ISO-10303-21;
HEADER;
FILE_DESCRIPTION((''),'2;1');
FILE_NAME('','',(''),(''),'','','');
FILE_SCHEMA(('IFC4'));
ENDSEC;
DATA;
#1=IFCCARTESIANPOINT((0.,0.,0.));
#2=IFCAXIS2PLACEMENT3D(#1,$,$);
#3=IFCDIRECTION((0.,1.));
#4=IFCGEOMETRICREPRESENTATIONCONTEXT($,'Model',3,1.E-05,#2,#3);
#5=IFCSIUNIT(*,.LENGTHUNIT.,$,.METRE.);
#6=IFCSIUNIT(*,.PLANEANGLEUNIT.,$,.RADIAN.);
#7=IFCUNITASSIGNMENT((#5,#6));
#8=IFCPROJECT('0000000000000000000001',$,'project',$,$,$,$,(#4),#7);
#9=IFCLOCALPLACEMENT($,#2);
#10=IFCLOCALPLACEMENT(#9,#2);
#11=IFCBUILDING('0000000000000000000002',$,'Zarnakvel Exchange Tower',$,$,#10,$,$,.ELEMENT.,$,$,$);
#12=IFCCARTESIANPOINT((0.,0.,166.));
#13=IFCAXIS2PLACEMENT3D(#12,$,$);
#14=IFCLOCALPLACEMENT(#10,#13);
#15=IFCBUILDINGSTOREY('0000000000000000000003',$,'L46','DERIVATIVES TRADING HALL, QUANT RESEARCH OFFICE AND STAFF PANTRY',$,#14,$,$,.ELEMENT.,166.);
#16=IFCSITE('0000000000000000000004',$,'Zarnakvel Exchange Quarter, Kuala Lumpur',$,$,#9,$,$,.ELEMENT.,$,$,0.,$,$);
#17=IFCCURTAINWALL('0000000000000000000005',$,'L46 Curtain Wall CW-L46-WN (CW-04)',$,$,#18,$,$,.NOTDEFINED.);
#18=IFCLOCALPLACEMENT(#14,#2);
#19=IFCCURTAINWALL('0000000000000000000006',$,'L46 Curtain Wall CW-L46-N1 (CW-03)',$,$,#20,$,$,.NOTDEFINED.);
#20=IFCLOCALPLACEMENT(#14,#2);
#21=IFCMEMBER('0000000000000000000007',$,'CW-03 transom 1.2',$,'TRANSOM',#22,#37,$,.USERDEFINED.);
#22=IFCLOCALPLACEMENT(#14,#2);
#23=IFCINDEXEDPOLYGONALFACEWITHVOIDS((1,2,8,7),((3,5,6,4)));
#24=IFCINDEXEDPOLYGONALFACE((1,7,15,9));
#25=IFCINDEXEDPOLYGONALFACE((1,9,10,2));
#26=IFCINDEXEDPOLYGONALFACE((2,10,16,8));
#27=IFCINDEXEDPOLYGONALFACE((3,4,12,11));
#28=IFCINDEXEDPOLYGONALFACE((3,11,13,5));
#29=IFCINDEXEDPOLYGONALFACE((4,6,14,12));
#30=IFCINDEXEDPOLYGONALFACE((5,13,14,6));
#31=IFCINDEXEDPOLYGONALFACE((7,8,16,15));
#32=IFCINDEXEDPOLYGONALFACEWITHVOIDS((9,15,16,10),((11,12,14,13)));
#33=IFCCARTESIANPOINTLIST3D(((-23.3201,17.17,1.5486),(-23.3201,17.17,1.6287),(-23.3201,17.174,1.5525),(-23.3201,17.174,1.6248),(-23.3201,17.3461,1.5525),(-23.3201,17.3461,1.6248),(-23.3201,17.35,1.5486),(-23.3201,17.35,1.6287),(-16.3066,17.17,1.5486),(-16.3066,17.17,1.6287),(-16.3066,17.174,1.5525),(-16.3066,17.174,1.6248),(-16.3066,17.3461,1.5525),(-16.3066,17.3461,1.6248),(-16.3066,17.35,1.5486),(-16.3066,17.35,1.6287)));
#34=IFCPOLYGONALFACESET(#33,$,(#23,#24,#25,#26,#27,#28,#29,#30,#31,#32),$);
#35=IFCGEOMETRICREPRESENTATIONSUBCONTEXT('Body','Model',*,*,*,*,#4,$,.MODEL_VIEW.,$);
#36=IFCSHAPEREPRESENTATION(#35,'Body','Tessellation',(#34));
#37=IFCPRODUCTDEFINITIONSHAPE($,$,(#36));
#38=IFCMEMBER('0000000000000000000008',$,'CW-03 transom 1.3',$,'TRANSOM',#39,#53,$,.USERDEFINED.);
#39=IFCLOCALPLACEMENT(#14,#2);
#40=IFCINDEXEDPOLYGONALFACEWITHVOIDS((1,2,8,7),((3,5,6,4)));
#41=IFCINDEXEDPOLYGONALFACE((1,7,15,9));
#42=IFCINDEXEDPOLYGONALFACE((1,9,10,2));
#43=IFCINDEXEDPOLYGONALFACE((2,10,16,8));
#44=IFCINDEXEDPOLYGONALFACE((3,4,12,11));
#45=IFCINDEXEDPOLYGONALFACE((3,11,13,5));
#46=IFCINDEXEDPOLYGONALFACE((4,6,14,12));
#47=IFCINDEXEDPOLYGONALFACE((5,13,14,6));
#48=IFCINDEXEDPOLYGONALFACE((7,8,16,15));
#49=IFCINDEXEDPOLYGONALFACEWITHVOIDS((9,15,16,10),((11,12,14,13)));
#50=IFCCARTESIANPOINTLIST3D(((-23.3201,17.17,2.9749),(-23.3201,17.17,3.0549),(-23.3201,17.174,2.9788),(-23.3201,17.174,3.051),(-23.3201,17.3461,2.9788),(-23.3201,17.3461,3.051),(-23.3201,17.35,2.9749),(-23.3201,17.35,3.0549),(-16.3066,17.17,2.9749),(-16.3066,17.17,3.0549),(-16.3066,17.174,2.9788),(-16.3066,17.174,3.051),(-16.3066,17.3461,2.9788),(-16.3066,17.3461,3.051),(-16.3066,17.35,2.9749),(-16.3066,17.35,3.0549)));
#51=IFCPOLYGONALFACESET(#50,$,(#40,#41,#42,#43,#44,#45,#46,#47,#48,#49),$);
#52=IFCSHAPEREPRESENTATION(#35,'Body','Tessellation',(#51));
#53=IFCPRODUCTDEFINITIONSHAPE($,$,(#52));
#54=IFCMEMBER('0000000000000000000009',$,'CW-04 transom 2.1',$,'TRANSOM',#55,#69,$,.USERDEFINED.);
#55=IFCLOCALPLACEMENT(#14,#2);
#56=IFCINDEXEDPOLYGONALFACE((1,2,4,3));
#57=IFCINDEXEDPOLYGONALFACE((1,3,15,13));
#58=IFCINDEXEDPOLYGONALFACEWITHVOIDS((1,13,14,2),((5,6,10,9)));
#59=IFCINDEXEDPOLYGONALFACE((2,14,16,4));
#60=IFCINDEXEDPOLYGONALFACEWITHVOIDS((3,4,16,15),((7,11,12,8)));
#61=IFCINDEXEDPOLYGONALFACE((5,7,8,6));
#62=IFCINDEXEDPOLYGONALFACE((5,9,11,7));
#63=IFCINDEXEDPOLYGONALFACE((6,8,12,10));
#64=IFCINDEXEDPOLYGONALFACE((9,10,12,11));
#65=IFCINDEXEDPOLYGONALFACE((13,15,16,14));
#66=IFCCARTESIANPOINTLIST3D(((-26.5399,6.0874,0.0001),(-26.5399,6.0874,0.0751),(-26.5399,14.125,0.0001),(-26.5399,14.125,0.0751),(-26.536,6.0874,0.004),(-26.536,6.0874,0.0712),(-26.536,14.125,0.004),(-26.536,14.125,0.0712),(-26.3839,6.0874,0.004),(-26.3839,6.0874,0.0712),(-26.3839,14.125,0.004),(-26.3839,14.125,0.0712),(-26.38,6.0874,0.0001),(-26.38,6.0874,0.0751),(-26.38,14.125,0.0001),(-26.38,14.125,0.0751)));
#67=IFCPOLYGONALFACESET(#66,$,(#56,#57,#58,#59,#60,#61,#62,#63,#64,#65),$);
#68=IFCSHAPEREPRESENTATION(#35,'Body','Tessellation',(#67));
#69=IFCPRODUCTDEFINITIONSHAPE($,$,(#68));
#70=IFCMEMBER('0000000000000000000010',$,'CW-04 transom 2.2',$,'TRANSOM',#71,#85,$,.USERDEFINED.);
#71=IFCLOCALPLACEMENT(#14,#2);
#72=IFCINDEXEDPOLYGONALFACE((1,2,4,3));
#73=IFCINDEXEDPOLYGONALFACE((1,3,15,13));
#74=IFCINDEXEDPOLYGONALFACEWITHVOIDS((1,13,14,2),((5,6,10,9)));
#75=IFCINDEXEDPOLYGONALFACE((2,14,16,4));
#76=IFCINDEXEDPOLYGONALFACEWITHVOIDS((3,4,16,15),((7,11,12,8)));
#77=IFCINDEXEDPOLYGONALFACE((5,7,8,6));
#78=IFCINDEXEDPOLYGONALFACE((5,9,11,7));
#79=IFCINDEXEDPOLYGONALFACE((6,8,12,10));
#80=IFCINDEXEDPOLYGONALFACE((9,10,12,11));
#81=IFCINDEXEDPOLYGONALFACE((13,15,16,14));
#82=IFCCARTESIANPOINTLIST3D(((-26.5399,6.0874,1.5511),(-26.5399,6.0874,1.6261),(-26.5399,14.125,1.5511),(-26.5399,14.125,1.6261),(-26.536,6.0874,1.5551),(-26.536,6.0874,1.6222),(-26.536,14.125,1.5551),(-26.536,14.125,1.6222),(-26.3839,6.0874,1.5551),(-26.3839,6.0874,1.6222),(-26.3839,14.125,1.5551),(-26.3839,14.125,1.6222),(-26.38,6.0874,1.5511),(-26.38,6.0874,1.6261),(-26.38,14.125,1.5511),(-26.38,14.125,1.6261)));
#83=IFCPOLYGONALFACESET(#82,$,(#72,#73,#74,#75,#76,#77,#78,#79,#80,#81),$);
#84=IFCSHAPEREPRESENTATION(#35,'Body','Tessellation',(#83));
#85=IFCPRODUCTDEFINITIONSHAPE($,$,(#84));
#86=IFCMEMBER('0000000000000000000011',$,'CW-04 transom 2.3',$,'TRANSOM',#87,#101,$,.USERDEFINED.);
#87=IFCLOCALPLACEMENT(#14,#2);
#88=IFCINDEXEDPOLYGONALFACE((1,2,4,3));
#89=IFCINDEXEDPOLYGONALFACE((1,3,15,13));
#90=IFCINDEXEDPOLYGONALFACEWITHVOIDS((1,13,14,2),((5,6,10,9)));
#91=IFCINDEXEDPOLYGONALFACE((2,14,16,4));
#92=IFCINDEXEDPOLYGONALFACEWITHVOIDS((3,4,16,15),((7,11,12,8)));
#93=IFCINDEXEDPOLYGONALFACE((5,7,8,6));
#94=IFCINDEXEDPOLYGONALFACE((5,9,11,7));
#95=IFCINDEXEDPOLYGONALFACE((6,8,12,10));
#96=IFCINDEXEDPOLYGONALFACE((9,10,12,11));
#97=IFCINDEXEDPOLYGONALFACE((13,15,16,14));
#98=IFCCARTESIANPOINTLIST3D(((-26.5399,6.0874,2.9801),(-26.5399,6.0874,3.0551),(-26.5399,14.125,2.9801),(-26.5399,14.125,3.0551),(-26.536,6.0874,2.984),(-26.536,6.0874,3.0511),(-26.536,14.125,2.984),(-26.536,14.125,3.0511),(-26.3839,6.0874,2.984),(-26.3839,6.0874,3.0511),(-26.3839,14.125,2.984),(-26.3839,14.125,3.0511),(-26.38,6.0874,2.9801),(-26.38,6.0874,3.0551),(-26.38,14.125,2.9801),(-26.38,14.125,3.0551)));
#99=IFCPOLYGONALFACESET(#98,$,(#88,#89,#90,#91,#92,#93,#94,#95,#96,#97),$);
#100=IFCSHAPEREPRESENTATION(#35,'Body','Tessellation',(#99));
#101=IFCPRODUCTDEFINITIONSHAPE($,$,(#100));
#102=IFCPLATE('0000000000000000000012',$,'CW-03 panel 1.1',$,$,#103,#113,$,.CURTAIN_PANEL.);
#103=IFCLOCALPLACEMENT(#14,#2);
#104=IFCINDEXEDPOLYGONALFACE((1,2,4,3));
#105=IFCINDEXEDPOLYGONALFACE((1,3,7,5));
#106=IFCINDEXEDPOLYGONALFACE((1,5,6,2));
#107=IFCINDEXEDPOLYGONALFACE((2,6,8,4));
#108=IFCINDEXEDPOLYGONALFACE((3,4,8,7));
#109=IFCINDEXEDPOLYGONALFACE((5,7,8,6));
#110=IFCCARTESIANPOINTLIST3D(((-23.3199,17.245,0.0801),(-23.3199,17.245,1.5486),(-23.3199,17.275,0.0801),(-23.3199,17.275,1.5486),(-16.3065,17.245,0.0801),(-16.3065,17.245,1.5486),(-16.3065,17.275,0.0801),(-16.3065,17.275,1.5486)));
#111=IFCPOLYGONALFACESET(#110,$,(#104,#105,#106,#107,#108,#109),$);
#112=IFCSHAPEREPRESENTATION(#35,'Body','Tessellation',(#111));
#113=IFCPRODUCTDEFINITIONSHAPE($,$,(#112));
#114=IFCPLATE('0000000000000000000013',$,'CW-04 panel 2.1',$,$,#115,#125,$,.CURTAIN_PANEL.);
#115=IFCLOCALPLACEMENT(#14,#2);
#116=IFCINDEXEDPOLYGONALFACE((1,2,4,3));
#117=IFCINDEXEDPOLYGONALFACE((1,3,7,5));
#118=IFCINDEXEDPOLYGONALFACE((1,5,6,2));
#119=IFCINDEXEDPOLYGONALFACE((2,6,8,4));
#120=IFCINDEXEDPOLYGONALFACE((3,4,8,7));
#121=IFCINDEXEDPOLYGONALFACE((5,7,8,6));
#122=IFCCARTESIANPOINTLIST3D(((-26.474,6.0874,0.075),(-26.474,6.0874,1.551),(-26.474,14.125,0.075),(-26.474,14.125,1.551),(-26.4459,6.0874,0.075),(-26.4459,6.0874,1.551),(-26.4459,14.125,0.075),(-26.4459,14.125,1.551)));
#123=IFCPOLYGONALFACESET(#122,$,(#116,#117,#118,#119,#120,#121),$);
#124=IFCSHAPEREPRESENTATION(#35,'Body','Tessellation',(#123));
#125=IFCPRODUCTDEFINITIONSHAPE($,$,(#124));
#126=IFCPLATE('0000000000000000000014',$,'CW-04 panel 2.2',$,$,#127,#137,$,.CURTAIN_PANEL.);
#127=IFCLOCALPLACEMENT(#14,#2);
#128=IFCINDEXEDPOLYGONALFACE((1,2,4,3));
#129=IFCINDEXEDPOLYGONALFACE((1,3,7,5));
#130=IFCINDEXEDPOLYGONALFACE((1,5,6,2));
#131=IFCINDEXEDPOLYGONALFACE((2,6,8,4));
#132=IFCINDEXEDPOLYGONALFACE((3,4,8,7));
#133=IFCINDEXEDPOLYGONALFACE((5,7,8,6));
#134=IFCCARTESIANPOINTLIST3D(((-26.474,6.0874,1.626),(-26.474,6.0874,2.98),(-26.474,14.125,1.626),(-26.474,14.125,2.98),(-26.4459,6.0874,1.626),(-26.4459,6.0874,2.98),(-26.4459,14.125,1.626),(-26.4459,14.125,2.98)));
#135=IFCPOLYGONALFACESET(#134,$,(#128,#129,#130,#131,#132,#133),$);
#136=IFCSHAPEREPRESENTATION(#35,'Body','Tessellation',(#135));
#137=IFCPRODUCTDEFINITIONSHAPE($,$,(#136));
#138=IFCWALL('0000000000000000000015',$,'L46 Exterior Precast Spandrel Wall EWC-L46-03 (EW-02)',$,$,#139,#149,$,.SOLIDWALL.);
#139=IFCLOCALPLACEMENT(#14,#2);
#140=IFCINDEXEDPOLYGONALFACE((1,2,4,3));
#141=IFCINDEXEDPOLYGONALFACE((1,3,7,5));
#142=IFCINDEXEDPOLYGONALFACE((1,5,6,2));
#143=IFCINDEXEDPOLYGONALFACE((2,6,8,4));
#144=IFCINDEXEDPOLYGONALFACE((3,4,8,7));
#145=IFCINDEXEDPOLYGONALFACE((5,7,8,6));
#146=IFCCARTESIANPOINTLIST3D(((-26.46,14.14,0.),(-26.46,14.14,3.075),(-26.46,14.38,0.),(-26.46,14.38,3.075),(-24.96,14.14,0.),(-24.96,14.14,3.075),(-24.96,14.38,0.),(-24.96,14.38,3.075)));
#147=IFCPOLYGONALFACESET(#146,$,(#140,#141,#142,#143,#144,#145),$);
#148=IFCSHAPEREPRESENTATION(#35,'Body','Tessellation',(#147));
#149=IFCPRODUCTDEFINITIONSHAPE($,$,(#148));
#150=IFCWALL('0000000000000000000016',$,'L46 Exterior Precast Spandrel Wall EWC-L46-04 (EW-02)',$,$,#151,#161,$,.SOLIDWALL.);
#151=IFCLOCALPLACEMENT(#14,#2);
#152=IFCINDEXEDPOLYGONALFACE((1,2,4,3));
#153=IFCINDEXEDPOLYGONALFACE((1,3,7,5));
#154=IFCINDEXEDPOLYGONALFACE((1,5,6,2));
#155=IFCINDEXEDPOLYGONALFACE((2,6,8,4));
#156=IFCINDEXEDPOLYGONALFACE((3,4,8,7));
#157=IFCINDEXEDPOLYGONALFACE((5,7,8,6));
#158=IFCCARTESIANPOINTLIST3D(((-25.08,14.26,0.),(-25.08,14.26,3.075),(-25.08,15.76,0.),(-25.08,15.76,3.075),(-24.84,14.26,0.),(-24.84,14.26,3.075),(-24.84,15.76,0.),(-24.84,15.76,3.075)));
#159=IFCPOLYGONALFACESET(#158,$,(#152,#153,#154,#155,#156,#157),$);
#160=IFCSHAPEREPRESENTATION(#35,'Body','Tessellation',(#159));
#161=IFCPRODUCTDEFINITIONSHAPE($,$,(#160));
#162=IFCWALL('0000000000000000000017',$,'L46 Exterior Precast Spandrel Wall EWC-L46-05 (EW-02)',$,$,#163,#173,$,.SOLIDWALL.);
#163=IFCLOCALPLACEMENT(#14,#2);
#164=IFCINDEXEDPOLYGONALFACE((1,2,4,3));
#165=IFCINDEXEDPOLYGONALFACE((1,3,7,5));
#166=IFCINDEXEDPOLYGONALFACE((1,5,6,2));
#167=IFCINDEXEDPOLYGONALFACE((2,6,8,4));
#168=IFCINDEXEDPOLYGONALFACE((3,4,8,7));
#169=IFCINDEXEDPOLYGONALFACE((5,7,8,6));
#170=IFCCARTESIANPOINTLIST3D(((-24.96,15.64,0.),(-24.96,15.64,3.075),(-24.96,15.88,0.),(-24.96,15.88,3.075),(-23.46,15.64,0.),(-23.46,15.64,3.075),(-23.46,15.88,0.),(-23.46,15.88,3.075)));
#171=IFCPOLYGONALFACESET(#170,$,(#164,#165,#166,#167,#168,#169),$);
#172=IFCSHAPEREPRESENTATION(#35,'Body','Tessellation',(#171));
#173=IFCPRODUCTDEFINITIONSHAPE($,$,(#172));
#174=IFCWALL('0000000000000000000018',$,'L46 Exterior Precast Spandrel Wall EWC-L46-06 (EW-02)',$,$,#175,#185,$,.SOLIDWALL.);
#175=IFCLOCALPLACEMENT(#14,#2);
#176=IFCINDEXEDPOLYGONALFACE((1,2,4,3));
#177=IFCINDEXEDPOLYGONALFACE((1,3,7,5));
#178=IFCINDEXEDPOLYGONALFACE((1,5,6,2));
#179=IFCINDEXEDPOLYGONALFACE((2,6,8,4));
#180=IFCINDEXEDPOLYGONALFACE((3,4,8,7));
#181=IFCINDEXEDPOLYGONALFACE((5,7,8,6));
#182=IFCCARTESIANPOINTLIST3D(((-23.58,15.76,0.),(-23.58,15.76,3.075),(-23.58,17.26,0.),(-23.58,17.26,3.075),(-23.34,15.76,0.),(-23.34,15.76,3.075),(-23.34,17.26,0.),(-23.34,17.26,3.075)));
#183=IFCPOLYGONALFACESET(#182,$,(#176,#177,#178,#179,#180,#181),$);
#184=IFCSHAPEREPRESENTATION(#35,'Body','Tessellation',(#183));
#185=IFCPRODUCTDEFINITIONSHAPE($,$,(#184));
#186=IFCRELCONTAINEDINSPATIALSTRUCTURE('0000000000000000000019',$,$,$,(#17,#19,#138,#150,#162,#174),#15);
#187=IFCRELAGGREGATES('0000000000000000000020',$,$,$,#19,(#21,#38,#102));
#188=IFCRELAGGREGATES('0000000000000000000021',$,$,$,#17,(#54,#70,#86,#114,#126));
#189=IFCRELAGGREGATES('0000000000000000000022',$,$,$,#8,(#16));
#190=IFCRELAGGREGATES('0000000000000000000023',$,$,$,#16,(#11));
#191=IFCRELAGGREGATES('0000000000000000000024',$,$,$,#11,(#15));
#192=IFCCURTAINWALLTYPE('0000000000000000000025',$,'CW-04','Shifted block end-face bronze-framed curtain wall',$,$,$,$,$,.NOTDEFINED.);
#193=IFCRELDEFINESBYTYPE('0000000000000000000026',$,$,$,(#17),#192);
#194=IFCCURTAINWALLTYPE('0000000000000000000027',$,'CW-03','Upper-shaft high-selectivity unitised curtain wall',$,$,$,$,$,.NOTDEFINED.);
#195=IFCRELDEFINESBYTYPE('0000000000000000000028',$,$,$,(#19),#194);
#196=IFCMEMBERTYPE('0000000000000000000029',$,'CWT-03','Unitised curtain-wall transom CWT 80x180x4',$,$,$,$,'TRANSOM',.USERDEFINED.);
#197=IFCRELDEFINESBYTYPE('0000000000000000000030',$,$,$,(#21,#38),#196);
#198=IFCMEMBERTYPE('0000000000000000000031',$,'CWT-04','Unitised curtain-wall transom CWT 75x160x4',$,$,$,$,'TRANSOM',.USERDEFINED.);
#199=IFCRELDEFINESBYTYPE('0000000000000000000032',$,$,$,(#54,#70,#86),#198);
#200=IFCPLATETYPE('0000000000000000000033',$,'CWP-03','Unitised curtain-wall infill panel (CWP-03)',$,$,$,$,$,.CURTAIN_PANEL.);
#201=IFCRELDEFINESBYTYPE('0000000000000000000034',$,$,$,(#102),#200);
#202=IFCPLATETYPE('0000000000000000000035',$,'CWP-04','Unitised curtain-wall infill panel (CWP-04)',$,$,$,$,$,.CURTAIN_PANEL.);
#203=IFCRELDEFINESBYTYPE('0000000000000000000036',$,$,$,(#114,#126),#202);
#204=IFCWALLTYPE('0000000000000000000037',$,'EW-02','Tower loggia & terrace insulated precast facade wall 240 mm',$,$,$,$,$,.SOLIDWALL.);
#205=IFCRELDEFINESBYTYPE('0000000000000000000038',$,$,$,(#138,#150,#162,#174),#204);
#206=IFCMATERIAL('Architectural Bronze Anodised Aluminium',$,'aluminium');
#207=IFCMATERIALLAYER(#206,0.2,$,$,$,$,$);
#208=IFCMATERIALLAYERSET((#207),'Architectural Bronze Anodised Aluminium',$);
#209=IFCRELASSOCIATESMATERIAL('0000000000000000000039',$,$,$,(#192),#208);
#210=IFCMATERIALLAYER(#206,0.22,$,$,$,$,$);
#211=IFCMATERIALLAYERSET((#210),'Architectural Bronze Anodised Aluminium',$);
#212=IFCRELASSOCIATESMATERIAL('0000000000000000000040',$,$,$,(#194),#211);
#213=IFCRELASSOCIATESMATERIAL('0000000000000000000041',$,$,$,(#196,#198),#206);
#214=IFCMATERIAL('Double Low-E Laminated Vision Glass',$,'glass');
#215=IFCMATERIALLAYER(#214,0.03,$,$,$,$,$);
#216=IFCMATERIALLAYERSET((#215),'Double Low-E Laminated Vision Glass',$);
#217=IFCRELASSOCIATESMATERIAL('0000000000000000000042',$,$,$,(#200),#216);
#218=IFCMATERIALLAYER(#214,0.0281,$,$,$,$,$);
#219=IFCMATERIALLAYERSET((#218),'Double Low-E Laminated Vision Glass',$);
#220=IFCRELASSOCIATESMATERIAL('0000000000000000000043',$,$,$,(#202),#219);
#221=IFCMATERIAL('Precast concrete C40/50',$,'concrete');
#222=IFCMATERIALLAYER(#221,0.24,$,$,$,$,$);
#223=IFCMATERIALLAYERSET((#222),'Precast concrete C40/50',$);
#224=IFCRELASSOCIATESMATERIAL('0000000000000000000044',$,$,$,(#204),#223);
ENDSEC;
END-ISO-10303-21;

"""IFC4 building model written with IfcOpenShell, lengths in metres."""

from ifc_helpers import new_model, si_unit, direction, frame, frame_2d, origin, origin_2d, place, context, subcontext, project, spatial, rectangle, hollow_rectangle, extrude, source, transform, mapped, material, layer, layer_set, material_profile, profile_set, type_object, element, aggregate, save


model = new_model("IFC4")

# Units and contexts
model_context = context("Model", 3, precision=1e-05, world=origin(), true_north=direction((0.0, 1.0)))
body_context = subcontext(model_context, "Body", "Model", "MODEL_VIEW")
ifc_project = project(units=[si_unit("LENGTHUNIT", "METRE"), si_unit("PLANEANGLEUNIT", "RADIAN")], contexts=[model_context])

# Site, building, storey
site_placement = place(None, origin())
site = spatial("IfcSite", under=ifc_project, at=site_placement, Name="Zarnakvel Exchange Quarter, Kuala Lumpur", CompositionType="ELEMENT", RefElevation=0.0)
building_placement = place(site_placement, origin())
building = spatial("IfcBuilding", under=site, at=building_placement, Name="Zarnakvel Exchange Tower", CompositionType="ELEMENT")
storey_placement = place(building_placement, frame((0.0, 0.0, 166.0)))
storey = spatial("IfcBuildingStorey", under=building, at=storey_placement, Name="L46", Description="DERIVATIVES TRADING HALL, QUANT RESEARCH OFFICE AND STAFF PANTRY", CompositionType="ELEMENT", Elevation=166.0)

# Curtain walls, members
ifc_material_1 = material(Name="Architectural Bronze Anodised Aluminium", Category="aluminium")
ifc_layer_1 = layer(ifc_material_1, 0.2)
ifc_layer_set_1 = layer_set([ifc_layer_1], Name="Architectural Bronze Anodised Aluminium")
curtain_wall_type_1 = type_object("IfcCurtainWallType", Name="CW-04", Description="Shifted block end-face bronze-framed curtain wall", PredefinedType="NOTDEFINED", material=ifc_layer_set_1)
curtain_wall_1_placement = place(storey_placement, origin())
curtain_wall_1 = element("IfcCurtainWall", 1, at=curtain_wall_1_placement, inside=storey, type_object=curtain_wall_type_1, Name="L46 Curtain Wall CW-L46-WN (CW-04)", PredefinedType="NOTDEFINED")
ifc_layer_2 = layer(ifc_material_1, 0.22)
ifc_layer_set_2 = layer_set([ifc_layer_2], Name="Architectural Bronze Anodised Aluminium")
curtain_wall_type_2 = type_object("IfcCurtainWallType", Name="CW-03", Description="Upper-shaft high-selectivity unitised curtain wall", PredefinedType="NOTDEFINED", material=ifc_layer_set_2)
curtain_wall_2_placement = place(storey_placement, origin())
curtain_wall_2 = element("IfcCurtainWall", 2, at=curtain_wall_2_placement, inside=storey, type_object=curtain_wall_type_2, Name="L46 Curtain Wall CW-L46-N1 (CW-03)", PredefinedType="NOTDEFINED")
ifc_material_profile_1 = material_profile(ifc_material_1, hollow_rectangle(XDim=0.1799, YDim=0.0801, WallThickness=0.0039, at=origin_2d()))
ifc_profile_set_1 = profile_set([ifc_material_profile_1], Name="Architectural Bronze Anodised Aluminium")
member_type_1 = type_object("IfcMemberType", Name="CWT-03", Description="Unitised curtain-wall transom CWT 80x180x4", ElementType="TRANSOM", PredefinedType="USERDEFINED", material=ifc_profile_set_1)
shared_shape_1 = source(origin(), body_context, "Body", "SweptSolid", [
    extrude(hollow_rectangle(XDim=0.1799, YDim=0.0801, WallThickness=0.0039, at=origin_2d()), origin(), (0.0, 0.0, 1.0), 7.0134),
])
member_1_placement = place(storey_placement, frame((-23.3201, 17.26, 1.5886), z_axis=(1.0, 0.0, 0.0), x_axis=(0.0, 1.0, 0.0)))
member_1 = element("IfcMember", 3, at=member_1_placement, type_object=member_type_1, Name="CW-03 transom 1.2", ObjectType="TRANSOM", PredefinedType="USERDEFINED", context=body_context, shape_type="MappedRepresentation", body=[
    mapped(shared_shape_1, transform((0.0, 0.0, 0.0), x_axis=(1.0, 0.0, 0.0), y_axis=(0.0, 1.0, 0.0), z_axis=(0.0, 0.0, 1.0), scale=1.0)),
])
member_2_placement = place(storey_placement, frame((-23.3201, 17.26, 3.0149), z_axis=(1.0, 0.0, 0.0), x_axis=(0.0, 1.0, 0.0)))
member_2 = element("IfcMember", 4, at=member_2_placement, type_object=member_type_1, Name="CW-03 transom 1.3", ObjectType="TRANSOM", PredefinedType="USERDEFINED", context=body_context, shape_type="MappedRepresentation", body=[
    mapped(shared_shape_1, transform((0.0, 0.0, 0.0), x_axis=(1.0, 0.0, 0.0), y_axis=(0.0, 1.0, 0.0), z_axis=(0.0, 0.0, 1.0), scale=1.0)),
])

# Members
ifc_material_profile_2 = material_profile(ifc_material_1, hollow_rectangle(XDim=0.1599, YDim=0.075, WallThickness=0.0039, at=origin_2d()))
ifc_profile_set_2 = profile_set([ifc_material_profile_2], Name="Architectural Bronze Anodised Aluminium")
member_type_2 = type_object("IfcMemberType", Name="CWT-04", Description="Unitised curtain-wall transom CWT 75x160x4", ElementType="TRANSOM", PredefinedType="USERDEFINED", material=ifc_profile_set_2)
shared_shape_2 = source(origin(), body_context, "Body", "SweptSolid", [
    extrude(hollow_rectangle(XDim=0.1599, YDim=0.075, WallThickness=0.0039, at=origin_2d()), origin(), (0.0, 0.0, 1.0), 8.0376),
])
member_3_placement = place(storey_placement, frame((-26.46, 6.0874, 0.0376), z_axis=(0.0, 1.0, 0.0), x_axis=(-1.0, 0.0, 0.0)))
member_3 = element("IfcMember", 5, at=member_3_placement, type_object=member_type_2, Name="CW-04 transom 2.1", ObjectType="TRANSOM", PredefinedType="USERDEFINED", context=body_context, shape_type="MappedRepresentation", body=[
    mapped(shared_shape_2, transform((0.0, 0.0, 0.0), x_axis=(1.0, 0.0, 0.0), y_axis=(0.0, 1.0, 0.0), z_axis=(0.0, 0.0, 1.0), scale=1.0)),
])
member_4_placement = place(storey_placement, frame((-26.46, 6.0874, 1.5886), z_axis=(0.0, 1.0, 0.0), x_axis=(-1.0, 0.0, 0.0)))
member_4 = element("IfcMember", 6, at=member_4_placement, type_object=member_type_2, Name="CW-04 transom 2.2", ObjectType="TRANSOM", PredefinedType="USERDEFINED", context=body_context, shape_type="MappedRepresentation", body=[
    mapped(shared_shape_2, transform((0.0, 0.0, 0.0), x_axis=(1.0, 0.0, 0.0), y_axis=(0.0, 1.0, 0.0), z_axis=(0.0, 0.0, 1.0), scale=1.0)),
])
member_5_placement = place(storey_placement, frame((-26.46, 6.0874, 3.0176), z_axis=(0.0, 1.0, 0.0), x_axis=(-1.0, 0.0, 0.0)))
member_5 = element("IfcMember", 7, at=member_5_placement, type_object=member_type_2, Name="CW-04 transom 2.3", ObjectType="TRANSOM", PredefinedType="USERDEFINED", context=body_context, shape_type="MappedRepresentation", body=[
    mapped(shared_shape_2, transform((0.0, 0.0, 0.0), x_axis=(1.0, 0.0, 0.0), y_axis=(0.0, 1.0, 0.0), z_axis=(0.0, 0.0, 1.0), scale=1.0)),
])

# Plates
ifc_material_2 = material(Name="Double Low-E Laminated Vision Glass", Category="glass")
ifc_layer_3 = layer(ifc_material_2, 0.03)
ifc_layer_set_3 = layer_set([ifc_layer_3], Name="Double Low-E Laminated Vision Glass")
plate_type_1 = type_object("IfcPlateType", Name="CWP-03", Description="Unitised curtain-wall infill panel (CWP-03)", PredefinedType="CURTAIN_PANEL", material=ifc_layer_set_3)
shared_shape_3 = source(origin(), body_context, "Body", "SweptSolid", [
    extrude(rectangle(XDim=7.0134, YDim=0.03, at=origin_2d()), origin(), (0.0, 0.0, 1.0), 1.4685),
])
plate_1_placement = place(storey_placement, frame((-19.8132, 17.26, 0.0801), z_axis=(0.0, 0.0, 1.0), x_axis=(1.0, 0.0, 0.0)))
plate_1 = element("IfcPlate", 8, at=plate_1_placement, type_object=plate_type_1, Name="CW-03 panel 1.1", PredefinedType="CURTAIN_PANEL", context=body_context, shape_type="MappedRepresentation", body=[
    mapped(shared_shape_3, transform((0.0, 0.0, 0.0), x_axis=(1.0, 0.0, 0.0), y_axis=(0.0, 1.0, 0.0), z_axis=(0.0, 0.0, 1.0), scale=1.0)),
])
aggregate(curtain_wall_2, [member_1, member_2, plate_1])
ifc_layer_4 = layer(ifc_material_2, 0.0281)
ifc_layer_set_4 = layer_set([ifc_layer_4], Name="Double Low-E Laminated Vision Glass")
plate_type_2 = type_object("IfcPlateType", Name="CWP-04", Description="Unitised curtain-wall infill panel (CWP-04)", PredefinedType="CURTAIN_PANEL", material=ifc_layer_set_4)
shared_shape_4 = source(origin(), body_context, "Body", "SweptSolid", [
    extrude(rectangle(XDim=8.0376, YDim=0.0281, at=origin_2d()), origin(), (0.0, 0.0, 1.0), 1.4761),
])
plate_2_placement = place(storey_placement, frame((-26.46, 10.1062, 0.075), z_axis=(0.0, 0.0, 1.0), x_axis=(0.0, 1.0, 0.0)))
plate_2 = element("IfcPlate", 9, at=plate_2_placement, type_object=plate_type_2, Name="CW-04 panel 2.1", PredefinedType="CURTAIN_PANEL", context=body_context, shape_type="MappedRepresentation", body=[
    mapped(shared_shape_4, transform((0.0, 0.0, 0.0), x_axis=(1.0, 0.0, 0.0), y_axis=(0.0, 1.0, 0.0), z_axis=(0.0, 0.0, 1.0), scale=1.0)),
])
shared_shape_5 = source(origin(), body_context, "Body", "SweptSolid", [
    extrude(rectangle(XDim=8.0376, YDim=0.0281, at=origin_2d()), origin(), (0.0, 0.0, 1.0), 1.354),
])
plate_3_placement = place(storey_placement, frame((-26.46, 10.1062, 1.626), z_axis=(0.0, 0.0, 1.0), x_axis=(0.0, 1.0, 0.0)))
plate_3 = element("IfcPlate", 10, at=plate_3_placement, type_object=plate_type_2, Name="CW-04 panel 2.2", PredefinedType="CURTAIN_PANEL", context=body_context, shape_type="MappedRepresentation", body=[
    mapped(shared_shape_5, transform((0.0, 0.0, 0.0), x_axis=(1.0, 0.0, 0.0), y_axis=(0.0, 1.0, 0.0), z_axis=(0.0, 0.0, 1.0), scale=1.0)),
])
aggregate(curtain_wall_1, [member_3, member_4, member_5, plate_2, plate_3])

# Walls
ifc_material_3 = material(Name="Precast concrete C40/50", Category="concrete")
ifc_layer_5 = layer(ifc_material_3, 0.24)
ifc_layer_set_5 = layer_set([ifc_layer_5], Name="Precast concrete C40/50")
wall_type_1 = type_object("IfcWallType", Name="EW-02", Description="Tower loggia & terrace insulated precast facade wall 240 mm", PredefinedType="SOLIDWALL", material=ifc_layer_set_5)
for number, where, z_axis, x_axis, name in (
    (11, (-24.96, 14.26, 0.0), (0.0, 0.0, 1.0), (-1.0, 0.0, 0.0), "L46 Exterior Precast Spandrel Wall EWC-L46-03 (EW-02)"),
    (12, (-24.96, 15.76, 0.0), (0.0, 0.0, 1.0), (0.0, -1.0, 0.0), "L46 Exterior Precast Spandrel Wall EWC-L46-04 (EW-02)"),
    (13, (-23.46, 15.76, 0.0), (0.0, 0.0, 1.0), (-1.0, 0.0, 0.0), "L46 Exterior Precast Spandrel Wall EWC-L46-05 (EW-02)"),
    (14, (-23.46, 17.26, 0.0), (0.0, 0.0, 1.0), (0.0, -1.0, 0.0), "L46 Exterior Precast Spandrel Wall EWC-L46-06 (EW-02)"),
):
    element("IfcWall", number, at=place(storey_placement, frame(where, z_axis=z_axis, x_axis=x_axis)), inside=storey, type_object=wall_type_1, Name=name, PredefinedType="SOLIDWALL", context=body_context, shape_type="SweptSolid", body=[
        extrude(rectangle(XDim=1.5, YDim=0.24, at=frame_2d((0.75, 0.0))), origin(), (0.0, 0.0, 1.0), 3.075),
    ])

save(model, "model.ifc")
